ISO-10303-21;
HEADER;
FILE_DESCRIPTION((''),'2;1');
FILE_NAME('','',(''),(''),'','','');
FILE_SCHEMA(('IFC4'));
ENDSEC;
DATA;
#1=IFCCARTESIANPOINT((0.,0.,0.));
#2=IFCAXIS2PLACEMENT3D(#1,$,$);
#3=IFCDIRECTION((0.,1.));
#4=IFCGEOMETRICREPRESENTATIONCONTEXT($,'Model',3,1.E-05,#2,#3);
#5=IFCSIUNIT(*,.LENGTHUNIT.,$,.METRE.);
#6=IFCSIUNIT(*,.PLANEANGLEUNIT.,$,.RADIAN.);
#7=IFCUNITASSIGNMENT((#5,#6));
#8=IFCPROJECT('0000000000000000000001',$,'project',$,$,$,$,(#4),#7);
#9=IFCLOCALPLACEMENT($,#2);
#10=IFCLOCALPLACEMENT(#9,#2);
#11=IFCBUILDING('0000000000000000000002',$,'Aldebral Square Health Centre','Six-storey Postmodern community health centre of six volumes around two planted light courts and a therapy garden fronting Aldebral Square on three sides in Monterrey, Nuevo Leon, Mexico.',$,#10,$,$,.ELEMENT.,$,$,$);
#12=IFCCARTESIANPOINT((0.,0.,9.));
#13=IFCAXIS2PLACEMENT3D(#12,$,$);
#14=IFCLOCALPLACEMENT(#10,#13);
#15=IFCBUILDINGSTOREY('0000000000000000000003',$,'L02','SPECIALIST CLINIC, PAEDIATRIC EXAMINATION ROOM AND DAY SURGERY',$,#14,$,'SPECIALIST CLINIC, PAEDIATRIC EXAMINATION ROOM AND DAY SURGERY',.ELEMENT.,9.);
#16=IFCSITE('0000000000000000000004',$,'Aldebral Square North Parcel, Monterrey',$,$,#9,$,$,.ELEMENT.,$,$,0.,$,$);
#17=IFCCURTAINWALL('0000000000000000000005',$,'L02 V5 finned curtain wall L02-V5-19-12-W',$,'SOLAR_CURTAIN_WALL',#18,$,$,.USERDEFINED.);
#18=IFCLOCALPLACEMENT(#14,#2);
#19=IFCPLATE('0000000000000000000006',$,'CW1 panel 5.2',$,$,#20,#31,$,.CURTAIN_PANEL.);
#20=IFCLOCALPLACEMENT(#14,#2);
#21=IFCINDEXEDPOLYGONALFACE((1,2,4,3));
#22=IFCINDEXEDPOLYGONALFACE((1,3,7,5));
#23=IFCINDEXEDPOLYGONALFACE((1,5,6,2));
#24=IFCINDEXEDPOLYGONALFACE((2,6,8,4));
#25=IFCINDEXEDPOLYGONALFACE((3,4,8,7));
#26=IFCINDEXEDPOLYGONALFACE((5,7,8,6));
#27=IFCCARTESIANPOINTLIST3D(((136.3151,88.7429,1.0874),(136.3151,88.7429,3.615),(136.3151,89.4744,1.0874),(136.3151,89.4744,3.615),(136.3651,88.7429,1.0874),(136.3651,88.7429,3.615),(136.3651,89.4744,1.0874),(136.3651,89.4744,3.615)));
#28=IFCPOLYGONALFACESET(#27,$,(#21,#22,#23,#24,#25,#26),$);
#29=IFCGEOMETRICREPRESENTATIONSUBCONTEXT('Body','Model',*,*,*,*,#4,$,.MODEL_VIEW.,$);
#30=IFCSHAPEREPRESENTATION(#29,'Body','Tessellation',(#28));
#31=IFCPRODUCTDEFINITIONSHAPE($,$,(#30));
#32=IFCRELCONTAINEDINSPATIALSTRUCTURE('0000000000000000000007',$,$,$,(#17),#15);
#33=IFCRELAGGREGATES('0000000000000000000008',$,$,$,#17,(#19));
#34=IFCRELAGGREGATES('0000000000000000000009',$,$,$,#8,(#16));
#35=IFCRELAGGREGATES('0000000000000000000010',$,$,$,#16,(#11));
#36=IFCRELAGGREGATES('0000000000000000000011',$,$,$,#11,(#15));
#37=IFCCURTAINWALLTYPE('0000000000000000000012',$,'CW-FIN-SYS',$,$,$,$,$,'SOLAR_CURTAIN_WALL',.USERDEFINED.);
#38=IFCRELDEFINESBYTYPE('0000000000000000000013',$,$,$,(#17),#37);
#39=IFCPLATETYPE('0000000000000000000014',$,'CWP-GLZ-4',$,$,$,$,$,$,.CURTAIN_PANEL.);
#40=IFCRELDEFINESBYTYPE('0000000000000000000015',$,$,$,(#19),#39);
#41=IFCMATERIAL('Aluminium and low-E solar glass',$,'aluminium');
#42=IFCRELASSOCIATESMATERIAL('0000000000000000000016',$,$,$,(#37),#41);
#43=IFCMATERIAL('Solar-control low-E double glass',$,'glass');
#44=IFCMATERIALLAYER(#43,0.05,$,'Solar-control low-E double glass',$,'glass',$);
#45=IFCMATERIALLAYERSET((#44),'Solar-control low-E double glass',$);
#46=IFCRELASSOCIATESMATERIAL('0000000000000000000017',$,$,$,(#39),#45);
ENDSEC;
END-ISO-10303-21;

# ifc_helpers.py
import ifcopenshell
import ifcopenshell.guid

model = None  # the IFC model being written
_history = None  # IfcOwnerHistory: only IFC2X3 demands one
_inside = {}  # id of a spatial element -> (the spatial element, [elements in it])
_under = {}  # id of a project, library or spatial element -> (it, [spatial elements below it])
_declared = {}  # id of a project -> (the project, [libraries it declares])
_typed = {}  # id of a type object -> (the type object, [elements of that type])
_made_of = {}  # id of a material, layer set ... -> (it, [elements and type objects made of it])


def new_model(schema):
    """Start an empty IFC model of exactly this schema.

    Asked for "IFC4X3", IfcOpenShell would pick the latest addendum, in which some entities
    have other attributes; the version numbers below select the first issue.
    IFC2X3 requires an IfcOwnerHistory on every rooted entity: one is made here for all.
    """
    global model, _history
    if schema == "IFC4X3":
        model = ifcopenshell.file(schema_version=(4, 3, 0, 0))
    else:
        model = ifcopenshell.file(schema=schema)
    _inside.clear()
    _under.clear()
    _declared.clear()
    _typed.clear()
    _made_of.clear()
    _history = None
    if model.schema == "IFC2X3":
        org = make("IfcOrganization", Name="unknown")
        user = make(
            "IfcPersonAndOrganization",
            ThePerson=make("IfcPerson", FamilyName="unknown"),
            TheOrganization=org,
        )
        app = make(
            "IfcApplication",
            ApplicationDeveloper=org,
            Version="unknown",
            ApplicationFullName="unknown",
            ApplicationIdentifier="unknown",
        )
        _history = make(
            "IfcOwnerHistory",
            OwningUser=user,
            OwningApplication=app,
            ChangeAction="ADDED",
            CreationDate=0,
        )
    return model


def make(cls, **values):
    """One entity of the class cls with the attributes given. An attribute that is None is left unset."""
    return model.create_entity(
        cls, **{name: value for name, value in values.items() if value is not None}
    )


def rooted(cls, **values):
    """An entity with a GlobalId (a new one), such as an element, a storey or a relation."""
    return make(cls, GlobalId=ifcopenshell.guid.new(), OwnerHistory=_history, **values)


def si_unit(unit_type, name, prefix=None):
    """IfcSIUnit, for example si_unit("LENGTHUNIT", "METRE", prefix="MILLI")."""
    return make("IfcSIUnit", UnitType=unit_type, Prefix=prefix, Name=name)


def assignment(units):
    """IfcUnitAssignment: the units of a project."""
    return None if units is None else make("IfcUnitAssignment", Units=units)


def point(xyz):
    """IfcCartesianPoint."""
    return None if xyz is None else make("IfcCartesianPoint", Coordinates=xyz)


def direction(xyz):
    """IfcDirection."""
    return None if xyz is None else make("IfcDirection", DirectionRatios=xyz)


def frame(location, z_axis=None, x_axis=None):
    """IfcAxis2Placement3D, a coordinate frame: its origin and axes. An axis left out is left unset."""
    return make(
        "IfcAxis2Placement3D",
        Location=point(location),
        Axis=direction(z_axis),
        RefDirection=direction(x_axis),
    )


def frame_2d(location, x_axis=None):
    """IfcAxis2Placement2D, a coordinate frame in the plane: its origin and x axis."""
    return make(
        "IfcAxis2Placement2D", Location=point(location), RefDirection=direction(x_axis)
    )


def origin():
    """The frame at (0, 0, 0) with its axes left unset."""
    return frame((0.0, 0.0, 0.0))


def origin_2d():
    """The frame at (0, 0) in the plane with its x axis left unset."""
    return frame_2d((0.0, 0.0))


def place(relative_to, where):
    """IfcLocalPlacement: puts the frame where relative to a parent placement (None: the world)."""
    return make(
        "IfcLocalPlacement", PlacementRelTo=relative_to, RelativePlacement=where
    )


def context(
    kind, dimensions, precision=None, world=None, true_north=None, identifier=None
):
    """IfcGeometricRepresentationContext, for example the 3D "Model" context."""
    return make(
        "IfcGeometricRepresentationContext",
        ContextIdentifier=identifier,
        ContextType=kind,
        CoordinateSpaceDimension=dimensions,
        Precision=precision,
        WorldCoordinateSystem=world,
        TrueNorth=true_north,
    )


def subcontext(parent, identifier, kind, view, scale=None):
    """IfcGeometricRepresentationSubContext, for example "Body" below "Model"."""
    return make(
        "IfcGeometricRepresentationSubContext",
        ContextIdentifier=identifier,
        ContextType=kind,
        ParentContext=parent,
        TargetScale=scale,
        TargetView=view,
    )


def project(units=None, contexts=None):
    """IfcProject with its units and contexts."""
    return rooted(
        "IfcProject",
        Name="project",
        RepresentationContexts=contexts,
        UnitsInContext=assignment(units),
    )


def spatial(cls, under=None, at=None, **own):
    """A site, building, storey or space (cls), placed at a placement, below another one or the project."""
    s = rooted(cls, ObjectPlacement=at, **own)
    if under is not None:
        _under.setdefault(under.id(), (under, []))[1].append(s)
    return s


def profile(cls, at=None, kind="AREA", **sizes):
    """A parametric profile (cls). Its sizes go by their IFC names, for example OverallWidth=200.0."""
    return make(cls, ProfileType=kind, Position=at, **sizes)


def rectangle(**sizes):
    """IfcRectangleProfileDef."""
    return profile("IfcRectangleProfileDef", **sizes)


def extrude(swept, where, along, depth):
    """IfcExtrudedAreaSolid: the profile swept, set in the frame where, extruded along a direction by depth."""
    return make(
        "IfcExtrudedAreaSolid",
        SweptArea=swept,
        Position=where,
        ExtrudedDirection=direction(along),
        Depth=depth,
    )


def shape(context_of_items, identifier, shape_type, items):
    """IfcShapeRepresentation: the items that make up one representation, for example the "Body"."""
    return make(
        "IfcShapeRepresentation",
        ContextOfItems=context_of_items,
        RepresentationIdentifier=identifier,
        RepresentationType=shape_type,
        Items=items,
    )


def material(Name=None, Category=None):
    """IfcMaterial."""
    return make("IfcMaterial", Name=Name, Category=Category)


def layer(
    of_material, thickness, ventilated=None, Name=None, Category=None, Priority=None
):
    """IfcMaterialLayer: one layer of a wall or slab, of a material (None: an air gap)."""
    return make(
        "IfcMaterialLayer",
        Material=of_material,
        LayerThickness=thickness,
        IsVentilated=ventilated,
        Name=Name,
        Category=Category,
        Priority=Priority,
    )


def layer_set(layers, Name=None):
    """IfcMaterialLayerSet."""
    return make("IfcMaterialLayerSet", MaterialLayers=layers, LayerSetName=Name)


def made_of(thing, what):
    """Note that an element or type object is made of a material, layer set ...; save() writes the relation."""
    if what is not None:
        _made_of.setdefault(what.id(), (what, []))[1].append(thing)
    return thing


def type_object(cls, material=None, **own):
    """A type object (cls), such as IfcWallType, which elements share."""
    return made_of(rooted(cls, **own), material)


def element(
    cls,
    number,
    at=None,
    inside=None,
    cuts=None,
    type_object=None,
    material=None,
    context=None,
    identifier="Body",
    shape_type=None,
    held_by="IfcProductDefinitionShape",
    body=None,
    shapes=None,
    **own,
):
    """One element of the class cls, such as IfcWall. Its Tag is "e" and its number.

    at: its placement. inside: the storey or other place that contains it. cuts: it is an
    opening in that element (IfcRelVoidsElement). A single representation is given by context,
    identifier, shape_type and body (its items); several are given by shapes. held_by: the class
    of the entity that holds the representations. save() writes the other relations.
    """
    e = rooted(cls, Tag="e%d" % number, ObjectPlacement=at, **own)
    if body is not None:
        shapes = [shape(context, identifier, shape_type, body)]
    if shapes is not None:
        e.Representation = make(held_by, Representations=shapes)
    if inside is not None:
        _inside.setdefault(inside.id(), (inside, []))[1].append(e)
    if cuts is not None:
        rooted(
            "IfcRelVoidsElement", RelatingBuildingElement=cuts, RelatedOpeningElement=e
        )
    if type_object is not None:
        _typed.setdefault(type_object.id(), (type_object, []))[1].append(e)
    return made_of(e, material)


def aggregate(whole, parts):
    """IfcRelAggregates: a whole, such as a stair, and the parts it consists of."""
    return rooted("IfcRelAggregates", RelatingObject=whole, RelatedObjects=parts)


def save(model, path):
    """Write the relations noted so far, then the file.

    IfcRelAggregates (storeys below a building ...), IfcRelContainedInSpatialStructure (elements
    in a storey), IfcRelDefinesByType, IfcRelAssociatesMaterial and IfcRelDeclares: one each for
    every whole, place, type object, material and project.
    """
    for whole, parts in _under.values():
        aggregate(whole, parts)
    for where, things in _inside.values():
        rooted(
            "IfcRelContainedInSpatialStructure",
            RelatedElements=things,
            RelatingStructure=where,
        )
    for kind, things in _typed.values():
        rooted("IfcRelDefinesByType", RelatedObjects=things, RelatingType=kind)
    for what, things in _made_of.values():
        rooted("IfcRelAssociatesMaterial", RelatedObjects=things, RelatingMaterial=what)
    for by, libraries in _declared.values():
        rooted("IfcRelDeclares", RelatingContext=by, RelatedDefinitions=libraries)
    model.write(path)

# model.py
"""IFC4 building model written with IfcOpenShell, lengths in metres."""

from ifc_helpers import new_model, si_unit, direction, frame, origin, origin_2d, place, context, subcontext, project, spatial, rectangle, extrude, material, layer, layer_set, type_object, element, aggregate, save


model = new_model("IFC4")

# Units and contexts
model_context = context("Model", 3, precision=1e-05, world=origin(), true_north=direction((0.0, 1.0)))
body_context = subcontext(model_context, "Body", "Model", "MODEL_VIEW")
ifc_project = project(units=[si_unit("LENGTHUNIT", "METRE"), si_unit("PLANEANGLEUNIT", "RADIAN")], contexts=[model_context])

# Site, building, storey
site_placement = place(None, origin())
site = spatial("IfcSite", under=ifc_project, at=site_placement, Name="Aldebral Square North Parcel, Monterrey", CompositionType="ELEMENT", RefElevation=0.0)
building_placement = place(site_placement, origin())
building = spatial("IfcBuilding", under=site, at=building_placement, Name="Aldebral Square Health Centre", Description="Six-storey Postmodern community health centre of six volumes around two planted light courts and a therapy garden fronting Aldebral Square on three sides in Monterrey, Nuevo Leon, Mexico.", CompositionType="ELEMENT")
storey_placement = place(building_placement, frame((0.0, 0.0, 9.0)))
storey = spatial("IfcBuildingStorey", under=building, at=storey_placement, Name="L02", Description="SPECIALIST CLINIC, PAEDIATRIC EXAMINATION ROOM AND DAY SURGERY", LongName="SPECIALIST CLINIC, PAEDIATRIC EXAMINATION ROOM AND DAY SURGERY", CompositionType="ELEMENT", Elevation=9.0)

# Curtain wall
ifc_material_1 = material(Name="Aluminium and low-E solar glass", Category="aluminium")
curtain_wall_type = type_object("IfcCurtainWallType", Name="CW-FIN-SYS", ElementType="SOLAR_CURTAIN_WALL", PredefinedType="USERDEFINED", material=ifc_material_1)
curtain_wall_1_placement = place(storey_placement, origin())
curtain_wall_1 = element("IfcCurtainWall", 1, at=curtain_wall_1_placement, inside=storey, type_object=curtain_wall_type, Name="L02 V5 finned curtain wall L02-V5-19-12-W", ObjectType="SOLAR_CURTAIN_WALL", PredefinedType="USERDEFINED")

# Plate
ifc_material_2 = material(Name="Solar-control low-E double glass", Category="glass")
ifc_layer = layer(ifc_material_2, 0.05, Name="Solar-control low-E double glass", Category="glass")
ifc_layer_set = layer_set([ifc_layer], Name="Solar-control low-E double glass")
plate_type = type_object("IfcPlateType", Name="CWP-GLZ-4", PredefinedType="CURTAIN_PANEL", material=ifc_layer_set)
plate_1_placement = place(storey_placement, frame((136.3401, 89.1086, 1.0874), z_axis=(0.0, 0.0, 1.0), x_axis=(0.0, -1.0, 0.0)))
plate_1 = element("IfcPlate", 2, at=plate_1_placement, type_object=plate_type, Name="CW1 panel 5.2", PredefinedType="CURTAIN_PANEL", context=body_context, shape_type="SweptSolid", body=[
    extrude(rectangle(XDim=0.7314, YDim=0.05, at=origin_2d()), origin(), (0.0, 0.0, 1.0), 2.5276),
])
aggregate(curtain_wall_1, [plate_1])

save(model, "model.ifc")
